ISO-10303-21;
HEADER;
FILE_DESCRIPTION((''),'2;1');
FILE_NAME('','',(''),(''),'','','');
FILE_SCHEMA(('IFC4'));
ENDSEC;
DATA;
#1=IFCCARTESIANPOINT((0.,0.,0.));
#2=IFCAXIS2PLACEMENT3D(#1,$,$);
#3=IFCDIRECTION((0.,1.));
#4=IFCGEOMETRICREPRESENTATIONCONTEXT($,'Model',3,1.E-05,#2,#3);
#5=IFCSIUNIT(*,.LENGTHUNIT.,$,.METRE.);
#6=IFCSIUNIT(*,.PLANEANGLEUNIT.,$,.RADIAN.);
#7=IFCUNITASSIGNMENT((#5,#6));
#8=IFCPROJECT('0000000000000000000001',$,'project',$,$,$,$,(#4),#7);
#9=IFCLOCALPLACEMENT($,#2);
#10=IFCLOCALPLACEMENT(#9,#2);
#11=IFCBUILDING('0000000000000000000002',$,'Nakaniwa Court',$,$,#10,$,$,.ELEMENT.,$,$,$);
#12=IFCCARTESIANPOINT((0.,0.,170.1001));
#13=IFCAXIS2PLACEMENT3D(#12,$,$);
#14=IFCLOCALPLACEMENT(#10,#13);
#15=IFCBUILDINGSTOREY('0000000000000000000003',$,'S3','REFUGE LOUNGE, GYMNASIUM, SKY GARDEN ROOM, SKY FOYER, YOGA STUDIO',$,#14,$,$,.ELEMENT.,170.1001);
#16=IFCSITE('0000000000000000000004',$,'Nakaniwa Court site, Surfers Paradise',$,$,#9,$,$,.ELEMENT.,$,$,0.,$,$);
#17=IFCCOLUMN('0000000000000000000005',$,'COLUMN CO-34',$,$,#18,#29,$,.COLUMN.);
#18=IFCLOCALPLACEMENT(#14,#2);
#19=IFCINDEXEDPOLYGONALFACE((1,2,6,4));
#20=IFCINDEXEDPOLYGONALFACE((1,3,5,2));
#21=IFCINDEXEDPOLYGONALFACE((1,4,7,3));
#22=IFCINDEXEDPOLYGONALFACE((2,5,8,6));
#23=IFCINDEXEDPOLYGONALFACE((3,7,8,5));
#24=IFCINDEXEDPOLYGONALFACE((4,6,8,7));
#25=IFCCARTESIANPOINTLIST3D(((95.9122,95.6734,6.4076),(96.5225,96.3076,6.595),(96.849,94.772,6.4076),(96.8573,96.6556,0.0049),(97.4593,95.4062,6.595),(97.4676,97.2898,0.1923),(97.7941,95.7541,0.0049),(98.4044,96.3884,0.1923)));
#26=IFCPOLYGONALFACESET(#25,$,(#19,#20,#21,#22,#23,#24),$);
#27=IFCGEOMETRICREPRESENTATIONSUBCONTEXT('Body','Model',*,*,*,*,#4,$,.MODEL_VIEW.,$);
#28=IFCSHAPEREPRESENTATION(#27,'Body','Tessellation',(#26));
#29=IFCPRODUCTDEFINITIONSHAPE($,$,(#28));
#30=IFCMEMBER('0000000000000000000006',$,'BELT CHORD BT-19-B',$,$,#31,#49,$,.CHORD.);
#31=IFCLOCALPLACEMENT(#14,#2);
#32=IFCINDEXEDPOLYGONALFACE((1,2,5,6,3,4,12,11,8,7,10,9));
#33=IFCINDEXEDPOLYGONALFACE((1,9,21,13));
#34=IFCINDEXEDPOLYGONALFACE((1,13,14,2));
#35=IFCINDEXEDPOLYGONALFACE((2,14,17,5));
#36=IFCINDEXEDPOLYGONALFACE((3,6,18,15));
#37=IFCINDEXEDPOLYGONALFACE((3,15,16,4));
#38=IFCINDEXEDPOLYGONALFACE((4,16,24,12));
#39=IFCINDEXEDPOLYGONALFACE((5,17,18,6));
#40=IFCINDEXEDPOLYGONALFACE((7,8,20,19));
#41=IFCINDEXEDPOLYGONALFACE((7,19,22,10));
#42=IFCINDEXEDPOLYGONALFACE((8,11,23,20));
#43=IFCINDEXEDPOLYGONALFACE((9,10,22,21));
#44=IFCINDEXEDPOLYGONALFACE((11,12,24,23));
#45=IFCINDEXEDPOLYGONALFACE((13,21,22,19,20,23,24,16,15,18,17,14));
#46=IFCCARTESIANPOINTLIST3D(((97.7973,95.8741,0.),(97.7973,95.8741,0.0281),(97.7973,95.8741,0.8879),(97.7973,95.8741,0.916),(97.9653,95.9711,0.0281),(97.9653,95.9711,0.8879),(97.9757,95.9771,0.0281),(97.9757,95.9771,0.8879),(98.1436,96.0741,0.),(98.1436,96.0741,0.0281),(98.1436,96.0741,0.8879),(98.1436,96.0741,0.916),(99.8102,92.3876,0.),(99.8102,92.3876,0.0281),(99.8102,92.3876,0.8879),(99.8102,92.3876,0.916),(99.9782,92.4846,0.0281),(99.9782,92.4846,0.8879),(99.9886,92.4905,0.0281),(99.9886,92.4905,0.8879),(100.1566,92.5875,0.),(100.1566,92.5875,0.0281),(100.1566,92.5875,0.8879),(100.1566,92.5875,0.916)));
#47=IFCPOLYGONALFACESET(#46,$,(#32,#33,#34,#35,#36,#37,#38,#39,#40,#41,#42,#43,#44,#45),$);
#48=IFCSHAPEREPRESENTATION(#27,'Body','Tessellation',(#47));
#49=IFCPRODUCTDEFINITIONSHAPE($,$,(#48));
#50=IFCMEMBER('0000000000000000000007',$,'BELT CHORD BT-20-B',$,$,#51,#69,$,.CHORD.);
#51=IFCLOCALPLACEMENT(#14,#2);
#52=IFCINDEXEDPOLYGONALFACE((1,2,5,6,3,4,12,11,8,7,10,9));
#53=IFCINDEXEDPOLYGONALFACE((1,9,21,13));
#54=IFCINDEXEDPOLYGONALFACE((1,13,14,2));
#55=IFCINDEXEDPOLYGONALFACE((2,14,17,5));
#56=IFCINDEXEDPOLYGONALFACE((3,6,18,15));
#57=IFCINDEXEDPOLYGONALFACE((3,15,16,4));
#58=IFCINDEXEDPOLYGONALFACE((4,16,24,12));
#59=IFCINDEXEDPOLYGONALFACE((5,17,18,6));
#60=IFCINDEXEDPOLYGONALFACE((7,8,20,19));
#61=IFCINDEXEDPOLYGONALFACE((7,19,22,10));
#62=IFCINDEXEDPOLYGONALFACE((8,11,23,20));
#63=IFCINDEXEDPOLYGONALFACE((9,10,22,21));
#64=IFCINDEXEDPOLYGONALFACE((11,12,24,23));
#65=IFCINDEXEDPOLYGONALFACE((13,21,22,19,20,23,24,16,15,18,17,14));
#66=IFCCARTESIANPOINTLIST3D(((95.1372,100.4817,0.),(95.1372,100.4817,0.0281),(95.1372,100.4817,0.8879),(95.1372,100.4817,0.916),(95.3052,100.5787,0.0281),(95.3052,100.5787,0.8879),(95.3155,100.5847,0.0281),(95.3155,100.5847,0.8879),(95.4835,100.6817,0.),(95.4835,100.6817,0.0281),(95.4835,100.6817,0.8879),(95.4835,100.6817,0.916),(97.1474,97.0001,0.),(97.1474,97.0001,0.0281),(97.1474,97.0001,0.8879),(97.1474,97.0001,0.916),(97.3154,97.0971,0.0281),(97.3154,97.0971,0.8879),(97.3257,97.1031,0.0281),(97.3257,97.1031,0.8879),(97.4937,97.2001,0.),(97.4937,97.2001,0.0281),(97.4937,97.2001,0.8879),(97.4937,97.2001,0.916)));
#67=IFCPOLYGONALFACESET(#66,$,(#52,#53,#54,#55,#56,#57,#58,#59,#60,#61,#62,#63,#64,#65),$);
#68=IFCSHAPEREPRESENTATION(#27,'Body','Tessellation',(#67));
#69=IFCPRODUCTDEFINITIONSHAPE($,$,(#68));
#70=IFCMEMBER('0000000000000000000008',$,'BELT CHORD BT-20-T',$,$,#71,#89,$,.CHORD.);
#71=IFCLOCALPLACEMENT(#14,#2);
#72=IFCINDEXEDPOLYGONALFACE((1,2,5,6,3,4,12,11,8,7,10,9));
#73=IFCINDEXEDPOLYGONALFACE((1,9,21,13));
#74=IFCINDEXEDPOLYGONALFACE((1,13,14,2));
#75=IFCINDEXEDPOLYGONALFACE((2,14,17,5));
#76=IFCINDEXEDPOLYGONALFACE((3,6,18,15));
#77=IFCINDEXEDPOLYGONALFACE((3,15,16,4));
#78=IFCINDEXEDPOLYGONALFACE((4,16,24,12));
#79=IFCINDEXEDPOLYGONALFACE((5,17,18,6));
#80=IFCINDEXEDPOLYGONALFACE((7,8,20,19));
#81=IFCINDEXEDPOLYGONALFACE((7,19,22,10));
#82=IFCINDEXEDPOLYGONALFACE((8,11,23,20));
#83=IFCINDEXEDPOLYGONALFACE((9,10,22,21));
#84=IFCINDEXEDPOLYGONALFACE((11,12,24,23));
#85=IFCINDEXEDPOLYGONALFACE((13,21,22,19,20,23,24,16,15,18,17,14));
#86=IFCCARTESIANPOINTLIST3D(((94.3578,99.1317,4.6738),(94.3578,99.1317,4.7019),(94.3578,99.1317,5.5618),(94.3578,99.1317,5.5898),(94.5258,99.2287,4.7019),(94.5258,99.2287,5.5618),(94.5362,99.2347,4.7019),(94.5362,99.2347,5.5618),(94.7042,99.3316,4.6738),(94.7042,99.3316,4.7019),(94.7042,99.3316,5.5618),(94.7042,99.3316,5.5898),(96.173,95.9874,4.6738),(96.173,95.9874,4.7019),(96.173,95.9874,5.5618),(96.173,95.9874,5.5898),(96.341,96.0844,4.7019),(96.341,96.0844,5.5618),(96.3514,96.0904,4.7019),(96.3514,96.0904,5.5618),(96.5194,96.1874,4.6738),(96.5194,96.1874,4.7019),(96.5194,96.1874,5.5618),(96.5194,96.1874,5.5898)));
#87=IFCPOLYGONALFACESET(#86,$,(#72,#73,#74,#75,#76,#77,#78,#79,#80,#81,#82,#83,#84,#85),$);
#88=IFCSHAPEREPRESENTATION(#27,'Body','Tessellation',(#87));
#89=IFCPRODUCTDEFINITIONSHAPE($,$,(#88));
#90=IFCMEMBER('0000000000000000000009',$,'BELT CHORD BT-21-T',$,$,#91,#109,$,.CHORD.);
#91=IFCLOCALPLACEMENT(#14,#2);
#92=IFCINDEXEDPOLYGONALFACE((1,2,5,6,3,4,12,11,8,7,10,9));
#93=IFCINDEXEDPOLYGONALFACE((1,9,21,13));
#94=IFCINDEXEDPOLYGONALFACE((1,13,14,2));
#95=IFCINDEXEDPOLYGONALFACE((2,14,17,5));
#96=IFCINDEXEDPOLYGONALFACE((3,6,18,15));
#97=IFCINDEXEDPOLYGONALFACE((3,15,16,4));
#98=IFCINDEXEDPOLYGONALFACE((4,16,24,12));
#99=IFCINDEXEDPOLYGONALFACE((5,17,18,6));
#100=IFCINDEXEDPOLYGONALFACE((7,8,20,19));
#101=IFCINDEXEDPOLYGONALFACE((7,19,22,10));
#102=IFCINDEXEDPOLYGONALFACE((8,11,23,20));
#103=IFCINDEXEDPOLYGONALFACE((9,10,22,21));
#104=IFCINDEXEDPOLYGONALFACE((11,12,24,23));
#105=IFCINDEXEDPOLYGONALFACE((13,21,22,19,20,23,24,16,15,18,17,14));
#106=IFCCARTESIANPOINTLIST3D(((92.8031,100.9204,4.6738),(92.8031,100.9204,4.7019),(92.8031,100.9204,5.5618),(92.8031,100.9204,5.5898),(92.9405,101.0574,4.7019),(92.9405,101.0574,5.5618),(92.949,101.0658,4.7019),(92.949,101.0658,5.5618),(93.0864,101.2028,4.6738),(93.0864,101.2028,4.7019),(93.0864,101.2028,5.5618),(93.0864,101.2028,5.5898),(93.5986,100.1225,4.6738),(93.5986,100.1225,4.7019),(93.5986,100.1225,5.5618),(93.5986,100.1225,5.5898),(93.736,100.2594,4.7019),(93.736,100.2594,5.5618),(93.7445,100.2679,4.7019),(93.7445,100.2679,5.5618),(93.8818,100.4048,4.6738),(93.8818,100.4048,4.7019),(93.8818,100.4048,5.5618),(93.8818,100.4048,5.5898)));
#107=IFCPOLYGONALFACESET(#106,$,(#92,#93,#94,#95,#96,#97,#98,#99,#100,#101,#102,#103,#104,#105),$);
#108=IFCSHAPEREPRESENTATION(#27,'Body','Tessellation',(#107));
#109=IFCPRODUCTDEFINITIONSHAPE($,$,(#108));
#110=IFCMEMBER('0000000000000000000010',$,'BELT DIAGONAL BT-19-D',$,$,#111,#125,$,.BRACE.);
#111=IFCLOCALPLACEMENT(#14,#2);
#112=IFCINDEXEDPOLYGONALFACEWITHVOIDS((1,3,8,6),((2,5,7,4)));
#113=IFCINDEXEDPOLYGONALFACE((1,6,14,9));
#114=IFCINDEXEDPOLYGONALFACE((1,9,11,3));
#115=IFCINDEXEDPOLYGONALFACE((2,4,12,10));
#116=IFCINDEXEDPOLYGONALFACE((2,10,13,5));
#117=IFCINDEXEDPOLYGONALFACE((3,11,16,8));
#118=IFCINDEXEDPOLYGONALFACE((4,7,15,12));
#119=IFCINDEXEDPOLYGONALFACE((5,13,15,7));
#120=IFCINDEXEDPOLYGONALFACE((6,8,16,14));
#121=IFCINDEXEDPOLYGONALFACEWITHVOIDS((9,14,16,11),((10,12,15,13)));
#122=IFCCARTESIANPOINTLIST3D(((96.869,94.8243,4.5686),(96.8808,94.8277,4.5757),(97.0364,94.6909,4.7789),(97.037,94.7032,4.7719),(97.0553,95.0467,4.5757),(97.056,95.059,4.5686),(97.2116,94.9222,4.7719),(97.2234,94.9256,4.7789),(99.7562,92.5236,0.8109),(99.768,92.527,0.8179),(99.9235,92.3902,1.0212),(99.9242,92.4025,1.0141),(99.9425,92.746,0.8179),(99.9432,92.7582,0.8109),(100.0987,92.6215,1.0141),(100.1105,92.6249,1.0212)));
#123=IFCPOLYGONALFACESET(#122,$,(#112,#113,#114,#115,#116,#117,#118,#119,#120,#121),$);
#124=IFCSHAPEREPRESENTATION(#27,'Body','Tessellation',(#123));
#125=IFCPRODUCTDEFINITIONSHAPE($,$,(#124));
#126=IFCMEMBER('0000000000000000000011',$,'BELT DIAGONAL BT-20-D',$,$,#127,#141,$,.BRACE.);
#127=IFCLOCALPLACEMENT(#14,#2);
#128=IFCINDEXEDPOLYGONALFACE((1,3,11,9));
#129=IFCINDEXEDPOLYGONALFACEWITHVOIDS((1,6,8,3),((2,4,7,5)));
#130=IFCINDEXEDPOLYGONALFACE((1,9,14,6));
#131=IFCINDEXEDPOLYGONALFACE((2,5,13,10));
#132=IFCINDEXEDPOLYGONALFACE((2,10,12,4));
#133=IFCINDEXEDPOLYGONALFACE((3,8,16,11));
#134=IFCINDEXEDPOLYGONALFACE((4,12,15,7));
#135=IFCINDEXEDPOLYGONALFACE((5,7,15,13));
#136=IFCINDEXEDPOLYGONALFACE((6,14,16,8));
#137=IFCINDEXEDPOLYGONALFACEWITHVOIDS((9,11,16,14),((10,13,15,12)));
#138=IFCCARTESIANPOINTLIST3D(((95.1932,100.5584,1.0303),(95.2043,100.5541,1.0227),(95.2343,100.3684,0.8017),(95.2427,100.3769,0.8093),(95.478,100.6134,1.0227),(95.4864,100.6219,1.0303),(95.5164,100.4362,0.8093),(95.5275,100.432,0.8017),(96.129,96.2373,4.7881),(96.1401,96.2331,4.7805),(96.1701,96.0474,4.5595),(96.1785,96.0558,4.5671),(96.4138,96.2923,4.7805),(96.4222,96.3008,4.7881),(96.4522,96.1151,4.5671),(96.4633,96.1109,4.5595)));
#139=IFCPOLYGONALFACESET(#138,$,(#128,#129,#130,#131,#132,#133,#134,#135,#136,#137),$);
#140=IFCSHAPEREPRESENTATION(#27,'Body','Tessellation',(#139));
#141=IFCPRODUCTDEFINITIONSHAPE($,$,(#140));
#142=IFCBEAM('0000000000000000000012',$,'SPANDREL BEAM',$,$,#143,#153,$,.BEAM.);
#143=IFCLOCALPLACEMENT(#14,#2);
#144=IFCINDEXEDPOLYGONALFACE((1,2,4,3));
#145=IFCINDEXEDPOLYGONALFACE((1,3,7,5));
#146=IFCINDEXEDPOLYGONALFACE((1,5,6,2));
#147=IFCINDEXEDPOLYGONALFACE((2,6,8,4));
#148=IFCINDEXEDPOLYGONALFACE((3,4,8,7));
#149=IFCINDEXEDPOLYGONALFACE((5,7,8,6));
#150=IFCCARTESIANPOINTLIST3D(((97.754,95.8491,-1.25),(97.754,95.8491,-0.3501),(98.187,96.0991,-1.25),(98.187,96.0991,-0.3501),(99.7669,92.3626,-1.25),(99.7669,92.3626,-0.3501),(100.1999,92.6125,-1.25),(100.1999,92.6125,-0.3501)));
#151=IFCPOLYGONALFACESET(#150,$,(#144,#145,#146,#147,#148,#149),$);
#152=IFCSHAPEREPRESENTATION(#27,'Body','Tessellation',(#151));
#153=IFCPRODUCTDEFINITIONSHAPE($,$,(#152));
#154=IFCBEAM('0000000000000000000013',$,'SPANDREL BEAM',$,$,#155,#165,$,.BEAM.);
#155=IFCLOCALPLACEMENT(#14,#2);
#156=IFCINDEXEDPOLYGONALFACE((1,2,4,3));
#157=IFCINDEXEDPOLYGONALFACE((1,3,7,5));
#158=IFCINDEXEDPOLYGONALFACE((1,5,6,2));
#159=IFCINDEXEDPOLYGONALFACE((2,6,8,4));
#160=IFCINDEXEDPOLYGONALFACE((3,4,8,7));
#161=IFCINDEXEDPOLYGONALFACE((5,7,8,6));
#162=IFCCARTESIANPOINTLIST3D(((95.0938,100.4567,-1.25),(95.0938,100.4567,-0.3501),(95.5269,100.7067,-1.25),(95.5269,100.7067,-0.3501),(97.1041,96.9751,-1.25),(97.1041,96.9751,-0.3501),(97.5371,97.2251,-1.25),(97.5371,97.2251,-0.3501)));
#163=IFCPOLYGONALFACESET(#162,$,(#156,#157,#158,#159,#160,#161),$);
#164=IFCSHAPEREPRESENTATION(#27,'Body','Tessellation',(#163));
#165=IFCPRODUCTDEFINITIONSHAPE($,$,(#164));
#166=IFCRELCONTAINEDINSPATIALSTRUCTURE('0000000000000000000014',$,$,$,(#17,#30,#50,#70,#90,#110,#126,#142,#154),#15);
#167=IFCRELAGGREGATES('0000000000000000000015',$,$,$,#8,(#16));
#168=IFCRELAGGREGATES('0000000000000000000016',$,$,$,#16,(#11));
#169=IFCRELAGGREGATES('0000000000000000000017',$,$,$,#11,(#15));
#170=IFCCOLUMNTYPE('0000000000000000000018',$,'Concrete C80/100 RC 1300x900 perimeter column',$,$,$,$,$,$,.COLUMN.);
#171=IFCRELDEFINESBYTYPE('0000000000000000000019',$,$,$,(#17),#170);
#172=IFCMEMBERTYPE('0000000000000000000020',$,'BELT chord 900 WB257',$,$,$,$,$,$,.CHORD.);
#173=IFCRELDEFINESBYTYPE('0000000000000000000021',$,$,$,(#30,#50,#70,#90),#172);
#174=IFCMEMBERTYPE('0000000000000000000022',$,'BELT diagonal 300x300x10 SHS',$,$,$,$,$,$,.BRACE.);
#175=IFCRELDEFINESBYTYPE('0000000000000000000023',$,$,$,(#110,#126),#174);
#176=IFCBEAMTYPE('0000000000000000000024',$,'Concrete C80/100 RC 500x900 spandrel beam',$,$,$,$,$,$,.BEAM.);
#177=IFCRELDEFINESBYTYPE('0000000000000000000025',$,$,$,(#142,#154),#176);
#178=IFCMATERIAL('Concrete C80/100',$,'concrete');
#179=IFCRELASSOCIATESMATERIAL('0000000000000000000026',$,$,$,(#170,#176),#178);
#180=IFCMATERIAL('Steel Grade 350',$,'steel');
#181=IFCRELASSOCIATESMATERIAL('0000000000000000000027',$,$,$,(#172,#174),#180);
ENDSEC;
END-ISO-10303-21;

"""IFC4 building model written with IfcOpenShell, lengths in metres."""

from ifc_helpers import new_model, si_unit, direction, frame, origin, origin_2d, place, context, subcontext, project, spatial, rectangle, hollow_rectangle, i_section, extrude, material, material_profile, profile_set, type_object, element, save


model = new_model("IFC4")

# Units and contexts
model_context = context("Model", 3, precision=1e-05, world=origin(), true_north=direction((0.0, 1.0)))
body_context = subcontext(model_context, "Body", "Model", "MODEL_VIEW")
ifc_project = project(units=[si_unit("LENGTHUNIT", "METRE"), si_unit("PLANEANGLEUNIT", "RADIAN")], contexts=[model_context])

# Site, building, storey
site_placement = place(None, origin())
site = spatial("IfcSite", under=ifc_project, at=site_placement, Name="Nakaniwa Court site, Surfers Paradise", CompositionType="ELEMENT", RefElevation=0.0)
building_placement = place(site_placement, origin())
building = spatial("IfcBuilding", under=site, at=building_placement, Name="Nakaniwa Court", CompositionType="ELEMENT")
storey_placement = place(building_placement, frame((0.0, 0.0, 170.1001)))
storey = spatial("IfcBuildingStorey", under=building, at=storey_placement, Name="S3", Description="REFUGE LOUNGE, GYMNASIUM, SKY GARDEN ROOM, SKY FOYER, YOGA STUDIO", CompositionType="ELEMENT", Elevation=170.1001)

# Column
ifc_material_1 = material(Name="Concrete C80/100", Category="concrete")
ifc_material_profile_1 = material_profile(ifc_material_1, rectangle(XDim=1.3, YDim=0.8999, at=origin_2d()), Name="Concrete C80/100 RC 1300x900 perimeter column")
ifc_profile_set_1 = profile_set([ifc_material_profile_1], Name="Concrete C80/100")
column_type = type_object("IfcColumnType", Name="Concrete C80/100 RC 1300x900 perimeter column", PredefinedType="COLUMN", material=ifc_profile_set_1)
column_placement = place(storey_placement, frame((97.6309, 96.522, 0.0986), z_axis=(-0.144372, -0.150041, 0.978082), x_axis=(0.720589, -0.693363, 0.0)))
element("IfcColumn", 1, at=column_placement, inside=storey, type_object=column_type, Name="COLUMN CO-34", PredefinedType="COLUMN", context=body_context, shape_type="SweptSolid", body=[
    extrude(rectangle(XDim=1.3, YDim=0.8999, at=origin_2d()), origin(), (0.0, 0.0, 1.0), 6.5461),
])

# Members
ifc_material_2 = material(Name="Steel Grade 350", Category="steel")
ifc_material_profile_2 = material_profile(ifc_material_2, i_section(OverallWidth=0.3999, OverallDepth=0.916, WebThickness=0.012, FlangeThickness=0.0281, at=origin_2d()), Name="900WB257")
ifc_profile_set_2 = profile_set([ifc_material_profile_2], Name="Steel Grade 350")
member_type_1 = type_object("IfcMemberType", Name="BELT chord 900 WB257", PredefinedType="CHORD", material=ifc_profile_set_2)
member_1_placement = place(storey_placement, frame((99.9834, 92.4875, 0.458), z_axis=(-0.499994, 0.866029, 0.0), x_axis=(-0.866029, -0.499994, 0.0)))
element("IfcMember", 2, at=member_1_placement, inside=storey, type_object=member_type_1, Name="BELT CHORD BT-19-B", PredefinedType="CHORD", context=body_context, shape_type="SweptSolid", body=[
    extrude(i_section(OverallWidth=0.3999, OverallDepth=0.916, WebThickness=0.012, FlangeThickness=0.0281, at=origin_2d()), origin(), (0.0, 0.0, 1.0), 4.0259),
])
member_2_placement = place(storey_placement, frame((97.3206, 97.1001, 0.458), z_axis=(-0.500019, 0.866015, 0.0), x_axis=(-0.866015, -0.500019, 0.0)))
element("IfcMember", 3, at=member_2_placement, inside=storey, type_object=member_type_1, Name="BELT CHORD BT-20-B", PredefinedType="CHORD", context=body_context, shape_type="SweptSolid", body=[
    extrude(i_section(OverallWidth=0.3999, OverallDepth=0.916, WebThickness=0.012, FlangeThickness=0.0281, at=origin_2d()), origin(), (0.0, 0.0, 1.0), 4.0203),
])
member_3_placement = place(storey_placement, frame((96.3462, 96.0874, 5.1318), z_axis=(-0.499965, 0.866046, 0.0), x_axis=(-0.866046, -0.499965, 0.0)))
element("IfcMember", 4, at=member_3_placement, inside=storey, type_object=member_type_1, Name="BELT CHORD BT-20-T", PredefinedType="CHORD", context=body_context, shape_type="SweptSolid", body=[
    extrude(i_section(OverallWidth=0.3999, OverallDepth=0.916, WebThickness=0.012, FlangeThickness=0.0281, at=origin_2d()), origin(), (0.0, 0.0, 1.0), 3.6306),
])
member_4_placement = place(storey_placement, frame((93.7402, 100.2637, 5.1318), z_axis=(-0.706022, 0.708189, 0.0), x_axis=(-0.708189, -0.706022, 0.0)))
element("IfcMember", 5, at=member_4_placement, inside=storey, type_object=member_type_1, Name="BELT CHORD BT-21-T", PredefinedType="CHORD", context=body_context, shape_type="SweptSolid", body=[
    extrude(i_section(OverallWidth=0.3999, OverallDepth=0.916, WebThickness=0.012, FlangeThickness=0.0281, at=origin_2d()), origin(), (0.0, 0.0, 1.0), 1.1267),
])
ifc_material_profile_3 = material_profile(ifc_material_2, hollow_rectangle(XDim=0.3, YDim=0.3, WallThickness=0.01, at=origin_2d()), Name="BELT diagonal 300x300x10 SHS")
ifc_profile_set_3 = profile_set([ifc_material_profile_3], Name="Steel Grade 350")
member_type_2 = type_object("IfcMemberType", Name="BELT diagonal 300x300x10 SHS", PredefinedType="BRACE", material=ifc_profile_set_3)
member_5_placement = place(storey_placement, frame((99.9333, 92.5742, 0.916), z_axis=(-0.548076, 0.436755, 0.713342), x_axis=(-0.62321, -0.782055, 0.0)))
element("IfcMember", 6, at=member_5_placement, inside=storey, type_object=member_type_2, Name="BELT DIAGONAL BT-19-D", PredefinedType="BRACE", context=body_context, shape_type="SweptSolid", body=[
    extrude(hollow_rectangle(XDim=0.3, YDim=0.3, WallThickness=0.01, at=origin_2d()), origin(), (0.0, 0.0, 1.0), 5.2678),
])
member_6_placement = place(storey_placement, frame((96.2961, 96.1741, 4.6738), z_axis=(-0.161275, 0.744695, -0.647626), x_axis=(-0.977344, -0.211659, 0.0)))
element("IfcMember", 7, at=member_6_placement, inside=storey, type_object=member_type_2, Name="BELT DIAGONAL BT-20-D", PredefinedType="BRACE", context=body_context, shape_type="SweptSolid", body=[
    extrude(hollow_rectangle(XDim=0.3, YDim=0.3, WallThickness=0.01, at=origin_2d()), origin(), (0.0, 0.0, 1.0), 5.8025),
])

# Beams
ifc_material_profile_4 = material_profile(ifc_material_1, rectangle(XDim=0.5, YDim=0.8999, at=origin_2d()), Name="Concrete C80/100 RC 500x900 spandrel beam")
ifc_profile_set_4 = profile_set([ifc_material_profile_4], Name="Concrete C80/100")
beam_type = type_object("IfcBeamType", Name="Concrete C80/100 RC 500x900 spandrel beam", PredefinedType="BEAM", material=ifc_profile_set_4)
beam_1_placement = place(storey_placement, frame((99.9834, 92.4875, -0.8), z_axis=(-0.499994, 0.866029, 0.0), x_axis=(-0.866029, -0.499994, 0.0)))
element("IfcBeam", 8, at=beam_1_placement, inside=storey, type_object=beam_type, Name="SPANDREL BEAM", PredefinedType="BEAM", context=body_context, shape_type="SweptSolid", body=[
    extrude(rectangle(XDim=0.5, YDim=0.8999, at=origin_2d()), origin(), (0.0, 0.0, 1.0), 4.0259),
])
beam_2_placement = place(storey_placement, frame((97.3206, 97.1001, -0.8), z_axis=(-0.500019, 0.866015, 0.0), x_axis=(-0.866015, -0.500019, 0.0)))
element("IfcBeam", 9, at=beam_2_placement, inside=storey, type_object=beam_type, Name="SPANDREL BEAM", PredefinedType="BEAM", context=body_context, shape_type="SweptSolid", body=[
    extrude(rectangle(XDim=0.5, YDim=0.8999, at=origin_2d()), origin(), (0.0, 0.0, 1.0), 4.0203),
])

save(model, "model.ifc")
